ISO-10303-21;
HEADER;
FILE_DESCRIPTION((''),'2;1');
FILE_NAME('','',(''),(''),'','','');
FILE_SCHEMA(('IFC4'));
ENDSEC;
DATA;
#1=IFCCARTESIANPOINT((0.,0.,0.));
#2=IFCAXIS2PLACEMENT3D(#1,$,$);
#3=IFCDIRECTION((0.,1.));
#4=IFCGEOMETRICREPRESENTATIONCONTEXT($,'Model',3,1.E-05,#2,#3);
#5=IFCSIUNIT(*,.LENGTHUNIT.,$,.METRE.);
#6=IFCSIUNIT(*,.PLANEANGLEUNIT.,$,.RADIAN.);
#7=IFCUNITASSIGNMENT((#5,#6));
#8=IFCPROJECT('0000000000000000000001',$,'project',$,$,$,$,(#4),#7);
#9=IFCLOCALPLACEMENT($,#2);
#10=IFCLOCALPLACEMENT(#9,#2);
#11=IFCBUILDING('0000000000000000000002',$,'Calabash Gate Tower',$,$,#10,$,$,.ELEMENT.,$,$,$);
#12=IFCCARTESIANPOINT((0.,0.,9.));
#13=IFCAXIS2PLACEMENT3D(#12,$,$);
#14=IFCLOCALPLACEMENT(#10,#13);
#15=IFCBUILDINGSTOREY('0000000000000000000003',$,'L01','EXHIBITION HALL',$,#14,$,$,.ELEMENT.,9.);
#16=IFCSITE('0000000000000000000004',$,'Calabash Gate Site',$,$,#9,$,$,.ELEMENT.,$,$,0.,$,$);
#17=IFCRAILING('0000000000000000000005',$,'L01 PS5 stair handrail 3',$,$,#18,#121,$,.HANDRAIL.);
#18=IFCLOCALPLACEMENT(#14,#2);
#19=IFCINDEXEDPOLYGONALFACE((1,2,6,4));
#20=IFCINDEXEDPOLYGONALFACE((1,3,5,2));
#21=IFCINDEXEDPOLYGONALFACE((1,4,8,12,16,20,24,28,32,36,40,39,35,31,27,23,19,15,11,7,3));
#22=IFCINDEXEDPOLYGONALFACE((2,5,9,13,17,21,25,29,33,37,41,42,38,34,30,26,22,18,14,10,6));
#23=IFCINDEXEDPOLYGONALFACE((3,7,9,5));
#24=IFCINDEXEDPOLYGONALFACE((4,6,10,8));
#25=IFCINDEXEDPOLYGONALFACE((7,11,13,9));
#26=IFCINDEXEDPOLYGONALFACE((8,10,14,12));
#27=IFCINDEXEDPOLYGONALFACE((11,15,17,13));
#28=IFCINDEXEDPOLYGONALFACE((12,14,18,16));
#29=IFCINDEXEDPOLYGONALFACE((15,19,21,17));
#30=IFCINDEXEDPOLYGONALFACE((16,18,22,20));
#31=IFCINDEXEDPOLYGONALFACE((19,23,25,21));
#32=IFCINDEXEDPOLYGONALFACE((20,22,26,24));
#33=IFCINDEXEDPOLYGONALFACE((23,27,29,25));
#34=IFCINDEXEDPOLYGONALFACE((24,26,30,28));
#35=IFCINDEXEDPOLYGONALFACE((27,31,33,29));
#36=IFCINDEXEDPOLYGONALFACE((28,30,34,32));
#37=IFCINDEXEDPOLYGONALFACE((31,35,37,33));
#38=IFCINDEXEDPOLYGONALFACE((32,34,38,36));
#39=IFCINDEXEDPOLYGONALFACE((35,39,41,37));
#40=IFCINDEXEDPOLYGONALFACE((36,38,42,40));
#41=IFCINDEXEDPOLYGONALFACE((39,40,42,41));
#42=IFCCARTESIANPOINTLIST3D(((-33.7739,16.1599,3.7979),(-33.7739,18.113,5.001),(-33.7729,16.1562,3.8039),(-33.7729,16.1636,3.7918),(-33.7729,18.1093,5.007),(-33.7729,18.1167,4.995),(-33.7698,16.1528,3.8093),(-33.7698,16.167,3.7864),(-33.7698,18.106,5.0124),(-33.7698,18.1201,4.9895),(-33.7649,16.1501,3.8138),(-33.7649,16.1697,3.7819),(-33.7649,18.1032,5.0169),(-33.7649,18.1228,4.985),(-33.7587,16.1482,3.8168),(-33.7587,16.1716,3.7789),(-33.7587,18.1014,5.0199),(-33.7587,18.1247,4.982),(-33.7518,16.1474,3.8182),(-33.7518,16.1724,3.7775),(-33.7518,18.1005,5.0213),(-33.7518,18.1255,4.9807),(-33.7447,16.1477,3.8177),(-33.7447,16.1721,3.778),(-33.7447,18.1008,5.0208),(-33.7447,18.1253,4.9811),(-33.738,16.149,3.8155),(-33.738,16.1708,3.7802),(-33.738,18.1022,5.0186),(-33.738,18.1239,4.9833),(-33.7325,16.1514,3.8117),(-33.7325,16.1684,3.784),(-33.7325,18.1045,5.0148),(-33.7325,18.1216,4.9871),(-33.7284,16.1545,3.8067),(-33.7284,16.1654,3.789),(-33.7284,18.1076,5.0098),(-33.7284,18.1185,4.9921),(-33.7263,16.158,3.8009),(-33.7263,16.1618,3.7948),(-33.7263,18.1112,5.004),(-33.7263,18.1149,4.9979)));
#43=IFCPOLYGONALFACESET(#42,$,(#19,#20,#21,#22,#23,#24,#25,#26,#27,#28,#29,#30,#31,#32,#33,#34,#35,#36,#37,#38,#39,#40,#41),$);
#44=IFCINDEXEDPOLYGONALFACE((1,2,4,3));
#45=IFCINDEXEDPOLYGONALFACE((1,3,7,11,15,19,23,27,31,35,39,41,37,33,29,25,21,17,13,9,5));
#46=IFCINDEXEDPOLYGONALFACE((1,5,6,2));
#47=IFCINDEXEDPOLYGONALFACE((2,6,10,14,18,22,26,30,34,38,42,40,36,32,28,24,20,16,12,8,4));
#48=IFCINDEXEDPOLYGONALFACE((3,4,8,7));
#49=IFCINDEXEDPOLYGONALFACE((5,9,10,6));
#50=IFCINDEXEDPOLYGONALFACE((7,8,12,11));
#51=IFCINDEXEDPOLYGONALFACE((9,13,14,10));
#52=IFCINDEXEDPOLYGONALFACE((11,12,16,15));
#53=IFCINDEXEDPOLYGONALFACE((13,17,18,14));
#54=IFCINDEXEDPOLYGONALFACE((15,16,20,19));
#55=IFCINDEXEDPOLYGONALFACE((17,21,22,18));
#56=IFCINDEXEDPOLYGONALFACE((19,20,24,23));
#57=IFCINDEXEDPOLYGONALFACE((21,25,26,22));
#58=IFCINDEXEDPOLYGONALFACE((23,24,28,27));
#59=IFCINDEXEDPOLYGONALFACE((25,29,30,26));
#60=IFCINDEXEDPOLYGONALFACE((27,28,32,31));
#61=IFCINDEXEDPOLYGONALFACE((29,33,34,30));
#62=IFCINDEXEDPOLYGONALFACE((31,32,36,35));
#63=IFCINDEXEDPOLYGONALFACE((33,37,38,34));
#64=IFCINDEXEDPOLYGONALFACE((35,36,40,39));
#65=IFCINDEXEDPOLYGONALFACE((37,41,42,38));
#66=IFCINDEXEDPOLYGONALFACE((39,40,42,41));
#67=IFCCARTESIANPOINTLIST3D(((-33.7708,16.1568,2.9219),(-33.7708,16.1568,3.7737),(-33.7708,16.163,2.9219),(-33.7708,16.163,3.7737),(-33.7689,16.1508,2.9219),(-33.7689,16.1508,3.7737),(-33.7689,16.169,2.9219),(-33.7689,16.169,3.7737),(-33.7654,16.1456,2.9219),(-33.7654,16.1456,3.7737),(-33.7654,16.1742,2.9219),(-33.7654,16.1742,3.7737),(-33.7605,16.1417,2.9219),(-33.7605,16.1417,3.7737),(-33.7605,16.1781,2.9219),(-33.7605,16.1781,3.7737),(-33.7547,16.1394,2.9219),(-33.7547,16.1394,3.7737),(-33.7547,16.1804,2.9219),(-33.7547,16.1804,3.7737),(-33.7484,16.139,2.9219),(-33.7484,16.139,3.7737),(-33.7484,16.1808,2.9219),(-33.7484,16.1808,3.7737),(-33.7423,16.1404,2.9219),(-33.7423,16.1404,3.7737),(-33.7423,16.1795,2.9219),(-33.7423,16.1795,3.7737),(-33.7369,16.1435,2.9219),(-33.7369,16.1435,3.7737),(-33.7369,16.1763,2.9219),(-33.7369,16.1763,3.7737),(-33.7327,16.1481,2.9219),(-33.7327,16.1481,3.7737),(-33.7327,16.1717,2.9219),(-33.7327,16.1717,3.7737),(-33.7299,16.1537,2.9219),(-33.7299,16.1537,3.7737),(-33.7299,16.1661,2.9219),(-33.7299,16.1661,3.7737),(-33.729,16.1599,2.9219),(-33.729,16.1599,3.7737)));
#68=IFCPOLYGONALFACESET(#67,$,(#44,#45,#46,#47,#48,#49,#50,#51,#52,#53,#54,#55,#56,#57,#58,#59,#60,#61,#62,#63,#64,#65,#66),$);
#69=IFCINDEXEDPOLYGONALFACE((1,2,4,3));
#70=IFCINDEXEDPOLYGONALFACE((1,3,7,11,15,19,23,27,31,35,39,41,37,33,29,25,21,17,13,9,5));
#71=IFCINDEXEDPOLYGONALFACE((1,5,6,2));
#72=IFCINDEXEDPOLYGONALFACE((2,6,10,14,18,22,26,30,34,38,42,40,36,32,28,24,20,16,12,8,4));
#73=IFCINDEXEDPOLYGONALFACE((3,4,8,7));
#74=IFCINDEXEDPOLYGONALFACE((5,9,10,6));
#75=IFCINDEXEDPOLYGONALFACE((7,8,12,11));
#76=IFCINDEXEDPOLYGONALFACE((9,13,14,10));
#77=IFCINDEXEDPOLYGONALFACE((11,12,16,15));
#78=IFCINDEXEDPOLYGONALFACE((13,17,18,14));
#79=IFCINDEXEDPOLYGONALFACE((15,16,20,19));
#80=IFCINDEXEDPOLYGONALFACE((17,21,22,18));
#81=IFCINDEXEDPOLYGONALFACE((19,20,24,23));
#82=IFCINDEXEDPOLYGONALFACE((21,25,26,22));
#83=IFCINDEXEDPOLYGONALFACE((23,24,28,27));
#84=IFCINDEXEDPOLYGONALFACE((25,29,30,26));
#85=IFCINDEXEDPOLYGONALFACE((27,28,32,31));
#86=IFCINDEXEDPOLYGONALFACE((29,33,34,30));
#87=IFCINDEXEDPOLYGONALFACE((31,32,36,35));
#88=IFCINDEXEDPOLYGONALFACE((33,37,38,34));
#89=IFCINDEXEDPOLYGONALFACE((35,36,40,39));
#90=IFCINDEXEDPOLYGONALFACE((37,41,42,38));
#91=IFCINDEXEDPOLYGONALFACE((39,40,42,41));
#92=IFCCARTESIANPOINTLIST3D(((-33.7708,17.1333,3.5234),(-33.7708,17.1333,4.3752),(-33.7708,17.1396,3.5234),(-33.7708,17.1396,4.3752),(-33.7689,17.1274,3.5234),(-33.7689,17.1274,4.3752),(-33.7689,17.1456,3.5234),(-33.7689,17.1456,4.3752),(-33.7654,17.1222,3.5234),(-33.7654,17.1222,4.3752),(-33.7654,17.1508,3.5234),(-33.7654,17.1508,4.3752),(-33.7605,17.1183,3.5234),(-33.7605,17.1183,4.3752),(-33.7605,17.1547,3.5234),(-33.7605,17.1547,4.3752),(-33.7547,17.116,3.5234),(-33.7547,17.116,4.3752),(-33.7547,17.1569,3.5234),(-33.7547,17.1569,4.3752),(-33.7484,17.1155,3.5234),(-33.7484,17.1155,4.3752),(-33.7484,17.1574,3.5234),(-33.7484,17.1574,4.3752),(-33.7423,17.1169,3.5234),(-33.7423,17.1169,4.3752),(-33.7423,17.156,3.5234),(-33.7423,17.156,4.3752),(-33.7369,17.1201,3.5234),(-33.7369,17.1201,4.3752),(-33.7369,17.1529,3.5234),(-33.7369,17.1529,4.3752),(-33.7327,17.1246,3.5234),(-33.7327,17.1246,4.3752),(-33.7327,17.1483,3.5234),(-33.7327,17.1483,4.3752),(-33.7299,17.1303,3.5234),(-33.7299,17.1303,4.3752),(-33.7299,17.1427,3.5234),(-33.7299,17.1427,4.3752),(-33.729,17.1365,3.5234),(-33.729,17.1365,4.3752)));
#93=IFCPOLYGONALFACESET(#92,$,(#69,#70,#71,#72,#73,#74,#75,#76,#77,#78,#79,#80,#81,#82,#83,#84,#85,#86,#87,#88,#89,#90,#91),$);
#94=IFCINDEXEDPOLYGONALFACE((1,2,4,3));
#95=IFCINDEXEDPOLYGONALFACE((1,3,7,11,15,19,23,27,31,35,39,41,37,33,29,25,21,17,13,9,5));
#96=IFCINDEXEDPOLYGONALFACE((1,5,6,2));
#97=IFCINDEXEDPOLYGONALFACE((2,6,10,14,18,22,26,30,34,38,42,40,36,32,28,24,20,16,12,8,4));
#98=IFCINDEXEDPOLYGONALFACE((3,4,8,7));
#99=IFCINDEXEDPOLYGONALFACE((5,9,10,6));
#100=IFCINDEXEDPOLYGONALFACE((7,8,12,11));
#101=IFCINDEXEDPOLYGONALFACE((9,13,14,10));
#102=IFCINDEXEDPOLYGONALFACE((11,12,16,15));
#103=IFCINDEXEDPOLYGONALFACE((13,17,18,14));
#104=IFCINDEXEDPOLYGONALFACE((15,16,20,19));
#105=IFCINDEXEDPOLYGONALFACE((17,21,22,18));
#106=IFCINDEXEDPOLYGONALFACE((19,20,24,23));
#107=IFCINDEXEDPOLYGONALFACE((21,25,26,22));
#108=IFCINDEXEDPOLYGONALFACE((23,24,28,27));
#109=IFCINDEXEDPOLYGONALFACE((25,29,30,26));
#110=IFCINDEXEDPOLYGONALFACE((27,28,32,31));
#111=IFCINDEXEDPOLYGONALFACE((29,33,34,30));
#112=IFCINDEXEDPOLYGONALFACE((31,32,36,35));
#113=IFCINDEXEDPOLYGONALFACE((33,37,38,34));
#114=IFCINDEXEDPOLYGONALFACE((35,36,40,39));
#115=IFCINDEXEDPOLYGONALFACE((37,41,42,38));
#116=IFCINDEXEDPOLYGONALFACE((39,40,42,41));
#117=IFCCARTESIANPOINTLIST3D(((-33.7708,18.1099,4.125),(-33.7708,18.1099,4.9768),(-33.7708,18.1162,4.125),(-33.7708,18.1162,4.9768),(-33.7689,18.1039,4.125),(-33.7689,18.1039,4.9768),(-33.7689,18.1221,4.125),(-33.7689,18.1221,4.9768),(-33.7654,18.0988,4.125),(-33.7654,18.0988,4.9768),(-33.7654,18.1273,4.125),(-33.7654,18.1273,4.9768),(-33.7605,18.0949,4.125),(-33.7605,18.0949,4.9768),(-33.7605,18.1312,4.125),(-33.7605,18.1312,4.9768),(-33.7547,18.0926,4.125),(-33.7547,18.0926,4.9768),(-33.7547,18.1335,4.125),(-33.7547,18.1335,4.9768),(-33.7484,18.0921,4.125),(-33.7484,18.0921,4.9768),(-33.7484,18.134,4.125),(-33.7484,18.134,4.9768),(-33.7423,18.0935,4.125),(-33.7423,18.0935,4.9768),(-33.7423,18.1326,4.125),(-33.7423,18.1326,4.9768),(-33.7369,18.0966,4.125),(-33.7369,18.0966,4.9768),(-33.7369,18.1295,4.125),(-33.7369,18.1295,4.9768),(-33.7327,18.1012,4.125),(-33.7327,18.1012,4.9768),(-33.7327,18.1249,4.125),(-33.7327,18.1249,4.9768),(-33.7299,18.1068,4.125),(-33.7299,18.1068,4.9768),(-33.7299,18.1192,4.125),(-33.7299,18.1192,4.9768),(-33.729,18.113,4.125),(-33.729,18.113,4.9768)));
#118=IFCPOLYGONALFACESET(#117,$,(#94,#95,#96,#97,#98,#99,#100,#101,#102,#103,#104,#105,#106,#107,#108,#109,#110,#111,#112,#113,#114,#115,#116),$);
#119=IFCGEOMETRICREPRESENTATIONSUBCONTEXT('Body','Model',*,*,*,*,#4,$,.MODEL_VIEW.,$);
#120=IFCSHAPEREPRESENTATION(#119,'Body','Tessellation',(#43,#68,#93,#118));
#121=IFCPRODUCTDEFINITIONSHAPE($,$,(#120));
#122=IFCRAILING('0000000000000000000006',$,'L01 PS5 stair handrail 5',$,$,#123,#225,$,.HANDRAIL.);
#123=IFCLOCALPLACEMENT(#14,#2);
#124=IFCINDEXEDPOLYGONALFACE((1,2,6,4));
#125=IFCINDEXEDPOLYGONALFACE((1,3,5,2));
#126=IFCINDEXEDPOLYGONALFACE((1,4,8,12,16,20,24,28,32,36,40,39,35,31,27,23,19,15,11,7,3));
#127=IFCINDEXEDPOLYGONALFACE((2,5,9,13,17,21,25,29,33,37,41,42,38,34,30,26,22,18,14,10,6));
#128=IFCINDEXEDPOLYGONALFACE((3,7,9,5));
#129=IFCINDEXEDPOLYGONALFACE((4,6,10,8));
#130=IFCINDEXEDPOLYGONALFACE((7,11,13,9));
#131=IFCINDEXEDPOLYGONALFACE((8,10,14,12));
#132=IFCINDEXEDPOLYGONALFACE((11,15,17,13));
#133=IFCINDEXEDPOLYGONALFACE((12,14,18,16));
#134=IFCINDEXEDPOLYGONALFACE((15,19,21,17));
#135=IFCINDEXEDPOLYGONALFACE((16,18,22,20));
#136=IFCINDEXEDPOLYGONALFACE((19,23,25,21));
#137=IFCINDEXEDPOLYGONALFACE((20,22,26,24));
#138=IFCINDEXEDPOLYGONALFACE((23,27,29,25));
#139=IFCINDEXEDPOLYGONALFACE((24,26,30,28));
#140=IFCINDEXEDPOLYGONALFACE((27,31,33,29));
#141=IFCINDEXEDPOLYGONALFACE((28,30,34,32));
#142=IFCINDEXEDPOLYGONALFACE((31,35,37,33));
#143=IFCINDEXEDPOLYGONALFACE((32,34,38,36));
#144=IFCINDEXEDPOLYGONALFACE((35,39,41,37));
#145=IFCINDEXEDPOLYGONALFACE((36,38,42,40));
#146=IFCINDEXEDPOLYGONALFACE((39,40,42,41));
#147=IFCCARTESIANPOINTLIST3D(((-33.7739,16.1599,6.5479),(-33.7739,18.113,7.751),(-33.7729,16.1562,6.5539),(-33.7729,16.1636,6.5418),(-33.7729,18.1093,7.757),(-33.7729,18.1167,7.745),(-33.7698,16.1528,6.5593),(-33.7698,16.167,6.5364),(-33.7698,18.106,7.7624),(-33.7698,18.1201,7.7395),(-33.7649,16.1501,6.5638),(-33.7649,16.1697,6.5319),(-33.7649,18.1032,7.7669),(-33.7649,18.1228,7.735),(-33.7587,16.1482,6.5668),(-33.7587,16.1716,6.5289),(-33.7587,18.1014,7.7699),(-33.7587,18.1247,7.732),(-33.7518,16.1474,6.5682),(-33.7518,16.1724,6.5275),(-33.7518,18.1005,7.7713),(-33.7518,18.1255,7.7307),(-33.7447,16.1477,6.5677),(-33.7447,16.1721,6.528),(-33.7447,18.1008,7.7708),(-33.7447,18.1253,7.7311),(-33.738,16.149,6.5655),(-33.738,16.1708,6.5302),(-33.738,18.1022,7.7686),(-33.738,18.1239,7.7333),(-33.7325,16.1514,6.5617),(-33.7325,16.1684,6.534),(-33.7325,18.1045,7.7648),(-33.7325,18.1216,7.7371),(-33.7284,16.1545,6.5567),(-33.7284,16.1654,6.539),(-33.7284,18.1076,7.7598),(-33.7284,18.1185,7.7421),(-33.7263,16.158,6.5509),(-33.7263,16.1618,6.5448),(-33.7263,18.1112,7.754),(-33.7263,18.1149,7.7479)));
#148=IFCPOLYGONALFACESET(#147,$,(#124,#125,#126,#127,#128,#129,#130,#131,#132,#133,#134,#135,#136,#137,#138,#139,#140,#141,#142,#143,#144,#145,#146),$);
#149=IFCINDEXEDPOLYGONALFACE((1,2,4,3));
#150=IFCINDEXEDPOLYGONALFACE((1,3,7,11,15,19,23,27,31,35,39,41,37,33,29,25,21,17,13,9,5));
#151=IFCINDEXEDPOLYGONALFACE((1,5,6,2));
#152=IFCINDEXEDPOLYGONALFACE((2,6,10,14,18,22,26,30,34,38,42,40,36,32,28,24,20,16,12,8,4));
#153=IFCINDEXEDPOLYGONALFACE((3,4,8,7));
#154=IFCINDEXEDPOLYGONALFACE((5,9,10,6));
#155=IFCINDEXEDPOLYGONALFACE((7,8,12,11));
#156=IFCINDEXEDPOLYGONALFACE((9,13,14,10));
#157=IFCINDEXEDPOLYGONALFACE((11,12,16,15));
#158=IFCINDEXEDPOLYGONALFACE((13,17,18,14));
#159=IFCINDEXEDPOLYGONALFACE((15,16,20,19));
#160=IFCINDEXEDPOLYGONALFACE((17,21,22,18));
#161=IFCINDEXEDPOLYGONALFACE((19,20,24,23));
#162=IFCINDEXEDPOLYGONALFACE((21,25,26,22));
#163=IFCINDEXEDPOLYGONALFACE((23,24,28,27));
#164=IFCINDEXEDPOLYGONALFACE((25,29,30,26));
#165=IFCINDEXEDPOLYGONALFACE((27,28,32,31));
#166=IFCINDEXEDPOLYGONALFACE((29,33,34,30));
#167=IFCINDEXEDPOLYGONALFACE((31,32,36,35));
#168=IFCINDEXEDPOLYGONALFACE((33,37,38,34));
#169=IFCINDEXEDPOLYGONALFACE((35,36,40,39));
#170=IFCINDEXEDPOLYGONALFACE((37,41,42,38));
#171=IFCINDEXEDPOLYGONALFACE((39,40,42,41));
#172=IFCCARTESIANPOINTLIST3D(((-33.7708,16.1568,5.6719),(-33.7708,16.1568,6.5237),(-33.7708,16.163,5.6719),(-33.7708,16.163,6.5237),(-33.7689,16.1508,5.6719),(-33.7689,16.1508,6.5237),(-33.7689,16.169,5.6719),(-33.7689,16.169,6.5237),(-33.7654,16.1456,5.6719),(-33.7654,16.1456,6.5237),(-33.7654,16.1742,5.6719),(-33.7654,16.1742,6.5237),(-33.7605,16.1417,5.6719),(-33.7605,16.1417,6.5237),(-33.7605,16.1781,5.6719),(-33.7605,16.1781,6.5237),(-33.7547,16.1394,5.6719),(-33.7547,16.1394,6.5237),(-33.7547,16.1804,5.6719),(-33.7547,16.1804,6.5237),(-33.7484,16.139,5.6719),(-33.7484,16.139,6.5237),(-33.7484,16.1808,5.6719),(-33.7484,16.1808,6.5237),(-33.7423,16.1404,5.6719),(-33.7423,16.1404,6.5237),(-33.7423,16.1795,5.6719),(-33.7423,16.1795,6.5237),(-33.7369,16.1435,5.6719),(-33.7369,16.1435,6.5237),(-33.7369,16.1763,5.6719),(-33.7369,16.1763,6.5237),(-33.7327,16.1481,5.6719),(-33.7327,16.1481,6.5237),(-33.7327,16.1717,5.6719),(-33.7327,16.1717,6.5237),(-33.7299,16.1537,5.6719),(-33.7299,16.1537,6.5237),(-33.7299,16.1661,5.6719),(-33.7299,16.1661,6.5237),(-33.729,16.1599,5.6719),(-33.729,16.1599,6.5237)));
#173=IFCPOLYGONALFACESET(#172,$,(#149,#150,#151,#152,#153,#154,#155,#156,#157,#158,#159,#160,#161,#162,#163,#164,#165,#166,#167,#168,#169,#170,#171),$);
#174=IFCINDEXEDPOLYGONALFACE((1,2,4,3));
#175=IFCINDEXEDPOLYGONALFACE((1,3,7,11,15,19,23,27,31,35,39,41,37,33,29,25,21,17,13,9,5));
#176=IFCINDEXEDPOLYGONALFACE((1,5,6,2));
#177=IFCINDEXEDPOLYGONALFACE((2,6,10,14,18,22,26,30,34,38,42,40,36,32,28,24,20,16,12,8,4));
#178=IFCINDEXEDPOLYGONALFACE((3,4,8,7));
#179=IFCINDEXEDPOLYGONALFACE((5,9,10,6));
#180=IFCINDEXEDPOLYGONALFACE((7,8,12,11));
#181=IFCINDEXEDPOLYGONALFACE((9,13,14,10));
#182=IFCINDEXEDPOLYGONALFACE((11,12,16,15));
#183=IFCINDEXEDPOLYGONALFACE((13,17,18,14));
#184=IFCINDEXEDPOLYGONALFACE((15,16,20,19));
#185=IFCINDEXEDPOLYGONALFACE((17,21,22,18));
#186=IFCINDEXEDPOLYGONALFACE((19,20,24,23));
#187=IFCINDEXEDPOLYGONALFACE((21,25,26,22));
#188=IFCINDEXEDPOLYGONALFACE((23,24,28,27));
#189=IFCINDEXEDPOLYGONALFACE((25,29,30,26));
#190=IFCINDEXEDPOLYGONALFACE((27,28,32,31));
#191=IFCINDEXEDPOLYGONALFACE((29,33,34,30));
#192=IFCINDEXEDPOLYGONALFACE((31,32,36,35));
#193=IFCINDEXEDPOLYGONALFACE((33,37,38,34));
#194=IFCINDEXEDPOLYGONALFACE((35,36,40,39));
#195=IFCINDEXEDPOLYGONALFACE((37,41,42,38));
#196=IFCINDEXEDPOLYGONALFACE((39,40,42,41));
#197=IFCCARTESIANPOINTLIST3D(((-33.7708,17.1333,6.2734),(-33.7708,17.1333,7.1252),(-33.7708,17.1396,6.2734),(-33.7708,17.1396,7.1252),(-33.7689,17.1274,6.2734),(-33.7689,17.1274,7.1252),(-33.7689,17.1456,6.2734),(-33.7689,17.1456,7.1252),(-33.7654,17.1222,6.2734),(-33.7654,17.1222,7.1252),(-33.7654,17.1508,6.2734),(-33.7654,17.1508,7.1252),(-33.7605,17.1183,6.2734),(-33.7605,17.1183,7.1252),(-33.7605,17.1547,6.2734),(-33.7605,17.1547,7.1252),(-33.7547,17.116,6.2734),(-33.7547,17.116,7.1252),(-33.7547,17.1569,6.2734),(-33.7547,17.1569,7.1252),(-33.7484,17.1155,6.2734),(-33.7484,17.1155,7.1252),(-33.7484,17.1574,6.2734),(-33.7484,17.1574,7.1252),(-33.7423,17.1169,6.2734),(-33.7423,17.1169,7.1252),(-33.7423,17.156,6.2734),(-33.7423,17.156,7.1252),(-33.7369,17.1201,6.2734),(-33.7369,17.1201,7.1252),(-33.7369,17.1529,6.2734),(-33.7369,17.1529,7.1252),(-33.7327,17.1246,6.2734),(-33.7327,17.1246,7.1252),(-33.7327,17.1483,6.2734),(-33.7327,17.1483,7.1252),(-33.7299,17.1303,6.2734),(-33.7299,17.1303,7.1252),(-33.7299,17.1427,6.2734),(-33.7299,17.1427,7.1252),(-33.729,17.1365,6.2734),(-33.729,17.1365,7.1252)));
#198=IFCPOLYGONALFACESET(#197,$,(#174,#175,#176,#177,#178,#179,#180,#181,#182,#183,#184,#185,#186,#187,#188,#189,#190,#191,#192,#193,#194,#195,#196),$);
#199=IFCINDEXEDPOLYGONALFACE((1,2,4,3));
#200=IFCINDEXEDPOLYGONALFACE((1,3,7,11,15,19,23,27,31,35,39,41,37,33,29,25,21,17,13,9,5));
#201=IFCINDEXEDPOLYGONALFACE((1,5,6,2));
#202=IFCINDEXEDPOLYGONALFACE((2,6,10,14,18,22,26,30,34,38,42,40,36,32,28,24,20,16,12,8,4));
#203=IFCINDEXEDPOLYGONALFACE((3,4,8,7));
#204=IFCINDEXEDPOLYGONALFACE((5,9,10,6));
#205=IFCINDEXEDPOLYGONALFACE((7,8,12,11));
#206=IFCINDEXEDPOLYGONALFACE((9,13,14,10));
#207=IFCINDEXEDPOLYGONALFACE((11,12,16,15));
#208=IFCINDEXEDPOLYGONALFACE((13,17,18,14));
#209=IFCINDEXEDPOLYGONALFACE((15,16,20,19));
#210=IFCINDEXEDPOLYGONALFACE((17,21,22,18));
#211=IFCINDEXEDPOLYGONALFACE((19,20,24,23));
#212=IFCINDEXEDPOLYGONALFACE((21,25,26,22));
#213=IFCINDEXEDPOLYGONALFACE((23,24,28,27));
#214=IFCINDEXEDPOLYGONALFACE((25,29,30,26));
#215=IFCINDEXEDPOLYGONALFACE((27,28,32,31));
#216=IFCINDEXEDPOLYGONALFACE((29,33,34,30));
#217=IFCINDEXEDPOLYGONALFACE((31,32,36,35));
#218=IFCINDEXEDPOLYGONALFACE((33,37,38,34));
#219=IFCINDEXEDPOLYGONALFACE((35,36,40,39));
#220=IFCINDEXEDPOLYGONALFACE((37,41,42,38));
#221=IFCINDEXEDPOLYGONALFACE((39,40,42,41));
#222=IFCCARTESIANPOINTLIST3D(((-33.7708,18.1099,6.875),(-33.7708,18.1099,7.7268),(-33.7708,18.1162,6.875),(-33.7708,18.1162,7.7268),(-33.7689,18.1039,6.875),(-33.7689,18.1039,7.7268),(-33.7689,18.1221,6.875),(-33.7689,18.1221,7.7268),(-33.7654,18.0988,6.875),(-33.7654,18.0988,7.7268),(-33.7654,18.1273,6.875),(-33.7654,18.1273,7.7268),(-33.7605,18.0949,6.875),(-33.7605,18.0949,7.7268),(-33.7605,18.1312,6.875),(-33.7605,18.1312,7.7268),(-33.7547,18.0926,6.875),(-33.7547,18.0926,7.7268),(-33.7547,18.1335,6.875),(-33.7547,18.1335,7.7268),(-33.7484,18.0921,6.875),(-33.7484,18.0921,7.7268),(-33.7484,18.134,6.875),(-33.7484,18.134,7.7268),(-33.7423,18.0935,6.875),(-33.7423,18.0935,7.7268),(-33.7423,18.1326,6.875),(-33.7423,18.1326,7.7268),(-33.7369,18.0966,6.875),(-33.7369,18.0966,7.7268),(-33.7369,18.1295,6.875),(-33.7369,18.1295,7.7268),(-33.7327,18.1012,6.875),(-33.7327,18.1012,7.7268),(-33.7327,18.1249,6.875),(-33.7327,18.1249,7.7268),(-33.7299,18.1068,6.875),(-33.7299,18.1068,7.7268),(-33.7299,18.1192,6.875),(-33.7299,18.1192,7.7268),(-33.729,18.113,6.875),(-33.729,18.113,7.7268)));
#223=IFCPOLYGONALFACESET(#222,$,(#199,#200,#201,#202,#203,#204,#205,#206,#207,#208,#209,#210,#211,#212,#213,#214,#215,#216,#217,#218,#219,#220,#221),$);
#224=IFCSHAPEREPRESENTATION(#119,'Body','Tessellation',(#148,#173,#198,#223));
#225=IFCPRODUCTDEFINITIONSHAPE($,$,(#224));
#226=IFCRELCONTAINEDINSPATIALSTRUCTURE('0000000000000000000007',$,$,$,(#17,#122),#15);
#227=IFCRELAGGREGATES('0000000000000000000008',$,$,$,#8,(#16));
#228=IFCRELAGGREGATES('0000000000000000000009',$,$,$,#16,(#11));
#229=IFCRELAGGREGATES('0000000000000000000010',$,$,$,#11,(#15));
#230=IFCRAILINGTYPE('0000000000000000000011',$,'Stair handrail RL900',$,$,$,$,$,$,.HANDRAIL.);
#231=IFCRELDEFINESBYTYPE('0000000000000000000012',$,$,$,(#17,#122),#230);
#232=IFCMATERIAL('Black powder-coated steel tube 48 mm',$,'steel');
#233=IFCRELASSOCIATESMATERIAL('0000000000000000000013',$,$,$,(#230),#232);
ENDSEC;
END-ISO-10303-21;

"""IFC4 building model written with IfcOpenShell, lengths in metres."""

from ifc_helpers import new_model, si_unit, direction, frame, origin, origin_2d, place, context, subcontext, project, spatial, circle, extrude, material, type_object, element, save


model = new_model("IFC4")

# Units and contexts
model_context = context("Model", 3, precision=1e-05, world=origin(), true_north=direction((0.0, 1.0)))
body_context = subcontext(model_context, "Body", "Model", "MODEL_VIEW")
ifc_project = project(units=[si_unit("LENGTHUNIT", "METRE"), si_unit("PLANEANGLEUNIT", "RADIAN")], contexts=[model_context])

# Site, building, storey
site_placement = place(None, origin())
site = spatial("IfcSite", under=ifc_project, at=site_placement, Name="Calabash Gate Site", CompositionType="ELEMENT", RefElevation=0.0)
building_placement = place(site_placement, origin())
building = spatial("IfcBuilding", under=site, at=building_placement, Name="Calabash Gate Tower", CompositionType="ELEMENT")
storey_placement = place(building_placement, frame((0.0, 0.0, 9.0)))
storey = spatial("IfcBuildingStorey", under=building, at=storey_placement, Name="L01", Description="EXHIBITION HALL", CompositionType="ELEMENT", Elevation=9.0)

# Railings
ifc_material_1 = material(Name="Black powder-coated steel tube 48 mm", Category="steel")
railing_type_1 = type_object("IfcRailingType", Name="Stair handrail RL900", PredefinedType="HANDRAIL", material=ifc_material_1)
for number, where, name in (
    (1, (-33.75, 16.1599, 2.9219), "L01 PS5 stair handrail 3"),
    (2, (-33.75, 16.1599, 5.6719), "L01 PS5 stair handrail 5"),
):
    element("IfcRailing", number, at=place(storey_placement, frame(where)), inside=storey, type_object=railing_type_1, Name=name, PredefinedType="HANDRAIL", context=body_context, shape_type="SweptSolid", body=[
        extrude(circle(Radius=0.0239, at=origin_2d()), frame((0.0, 0.0, 0.876), z_axis=(0.0, 0.851424, 0.524477), x_axis=(-1.0, 0.0, 0.0)), (0.0, 0.0, 1.0), 2.2939),
        extrude(circle(Radius=0.021, at=origin_2d()), origin(), (0.0, 0.0, 1.0), 0.8518),
        extrude(circle(Radius=0.021, at=origin_2d()), frame((0.0, 0.9766, 0.6016)), (0.0, 0.0, 1.0), 0.8518),
        extrude(circle(Radius=0.021, at=origin_2d()), frame((0.0, 1.9531, 1.2031)), (0.0, 0.0, 1.0), 0.8518),
    ])

save(model, "model.ifc")
